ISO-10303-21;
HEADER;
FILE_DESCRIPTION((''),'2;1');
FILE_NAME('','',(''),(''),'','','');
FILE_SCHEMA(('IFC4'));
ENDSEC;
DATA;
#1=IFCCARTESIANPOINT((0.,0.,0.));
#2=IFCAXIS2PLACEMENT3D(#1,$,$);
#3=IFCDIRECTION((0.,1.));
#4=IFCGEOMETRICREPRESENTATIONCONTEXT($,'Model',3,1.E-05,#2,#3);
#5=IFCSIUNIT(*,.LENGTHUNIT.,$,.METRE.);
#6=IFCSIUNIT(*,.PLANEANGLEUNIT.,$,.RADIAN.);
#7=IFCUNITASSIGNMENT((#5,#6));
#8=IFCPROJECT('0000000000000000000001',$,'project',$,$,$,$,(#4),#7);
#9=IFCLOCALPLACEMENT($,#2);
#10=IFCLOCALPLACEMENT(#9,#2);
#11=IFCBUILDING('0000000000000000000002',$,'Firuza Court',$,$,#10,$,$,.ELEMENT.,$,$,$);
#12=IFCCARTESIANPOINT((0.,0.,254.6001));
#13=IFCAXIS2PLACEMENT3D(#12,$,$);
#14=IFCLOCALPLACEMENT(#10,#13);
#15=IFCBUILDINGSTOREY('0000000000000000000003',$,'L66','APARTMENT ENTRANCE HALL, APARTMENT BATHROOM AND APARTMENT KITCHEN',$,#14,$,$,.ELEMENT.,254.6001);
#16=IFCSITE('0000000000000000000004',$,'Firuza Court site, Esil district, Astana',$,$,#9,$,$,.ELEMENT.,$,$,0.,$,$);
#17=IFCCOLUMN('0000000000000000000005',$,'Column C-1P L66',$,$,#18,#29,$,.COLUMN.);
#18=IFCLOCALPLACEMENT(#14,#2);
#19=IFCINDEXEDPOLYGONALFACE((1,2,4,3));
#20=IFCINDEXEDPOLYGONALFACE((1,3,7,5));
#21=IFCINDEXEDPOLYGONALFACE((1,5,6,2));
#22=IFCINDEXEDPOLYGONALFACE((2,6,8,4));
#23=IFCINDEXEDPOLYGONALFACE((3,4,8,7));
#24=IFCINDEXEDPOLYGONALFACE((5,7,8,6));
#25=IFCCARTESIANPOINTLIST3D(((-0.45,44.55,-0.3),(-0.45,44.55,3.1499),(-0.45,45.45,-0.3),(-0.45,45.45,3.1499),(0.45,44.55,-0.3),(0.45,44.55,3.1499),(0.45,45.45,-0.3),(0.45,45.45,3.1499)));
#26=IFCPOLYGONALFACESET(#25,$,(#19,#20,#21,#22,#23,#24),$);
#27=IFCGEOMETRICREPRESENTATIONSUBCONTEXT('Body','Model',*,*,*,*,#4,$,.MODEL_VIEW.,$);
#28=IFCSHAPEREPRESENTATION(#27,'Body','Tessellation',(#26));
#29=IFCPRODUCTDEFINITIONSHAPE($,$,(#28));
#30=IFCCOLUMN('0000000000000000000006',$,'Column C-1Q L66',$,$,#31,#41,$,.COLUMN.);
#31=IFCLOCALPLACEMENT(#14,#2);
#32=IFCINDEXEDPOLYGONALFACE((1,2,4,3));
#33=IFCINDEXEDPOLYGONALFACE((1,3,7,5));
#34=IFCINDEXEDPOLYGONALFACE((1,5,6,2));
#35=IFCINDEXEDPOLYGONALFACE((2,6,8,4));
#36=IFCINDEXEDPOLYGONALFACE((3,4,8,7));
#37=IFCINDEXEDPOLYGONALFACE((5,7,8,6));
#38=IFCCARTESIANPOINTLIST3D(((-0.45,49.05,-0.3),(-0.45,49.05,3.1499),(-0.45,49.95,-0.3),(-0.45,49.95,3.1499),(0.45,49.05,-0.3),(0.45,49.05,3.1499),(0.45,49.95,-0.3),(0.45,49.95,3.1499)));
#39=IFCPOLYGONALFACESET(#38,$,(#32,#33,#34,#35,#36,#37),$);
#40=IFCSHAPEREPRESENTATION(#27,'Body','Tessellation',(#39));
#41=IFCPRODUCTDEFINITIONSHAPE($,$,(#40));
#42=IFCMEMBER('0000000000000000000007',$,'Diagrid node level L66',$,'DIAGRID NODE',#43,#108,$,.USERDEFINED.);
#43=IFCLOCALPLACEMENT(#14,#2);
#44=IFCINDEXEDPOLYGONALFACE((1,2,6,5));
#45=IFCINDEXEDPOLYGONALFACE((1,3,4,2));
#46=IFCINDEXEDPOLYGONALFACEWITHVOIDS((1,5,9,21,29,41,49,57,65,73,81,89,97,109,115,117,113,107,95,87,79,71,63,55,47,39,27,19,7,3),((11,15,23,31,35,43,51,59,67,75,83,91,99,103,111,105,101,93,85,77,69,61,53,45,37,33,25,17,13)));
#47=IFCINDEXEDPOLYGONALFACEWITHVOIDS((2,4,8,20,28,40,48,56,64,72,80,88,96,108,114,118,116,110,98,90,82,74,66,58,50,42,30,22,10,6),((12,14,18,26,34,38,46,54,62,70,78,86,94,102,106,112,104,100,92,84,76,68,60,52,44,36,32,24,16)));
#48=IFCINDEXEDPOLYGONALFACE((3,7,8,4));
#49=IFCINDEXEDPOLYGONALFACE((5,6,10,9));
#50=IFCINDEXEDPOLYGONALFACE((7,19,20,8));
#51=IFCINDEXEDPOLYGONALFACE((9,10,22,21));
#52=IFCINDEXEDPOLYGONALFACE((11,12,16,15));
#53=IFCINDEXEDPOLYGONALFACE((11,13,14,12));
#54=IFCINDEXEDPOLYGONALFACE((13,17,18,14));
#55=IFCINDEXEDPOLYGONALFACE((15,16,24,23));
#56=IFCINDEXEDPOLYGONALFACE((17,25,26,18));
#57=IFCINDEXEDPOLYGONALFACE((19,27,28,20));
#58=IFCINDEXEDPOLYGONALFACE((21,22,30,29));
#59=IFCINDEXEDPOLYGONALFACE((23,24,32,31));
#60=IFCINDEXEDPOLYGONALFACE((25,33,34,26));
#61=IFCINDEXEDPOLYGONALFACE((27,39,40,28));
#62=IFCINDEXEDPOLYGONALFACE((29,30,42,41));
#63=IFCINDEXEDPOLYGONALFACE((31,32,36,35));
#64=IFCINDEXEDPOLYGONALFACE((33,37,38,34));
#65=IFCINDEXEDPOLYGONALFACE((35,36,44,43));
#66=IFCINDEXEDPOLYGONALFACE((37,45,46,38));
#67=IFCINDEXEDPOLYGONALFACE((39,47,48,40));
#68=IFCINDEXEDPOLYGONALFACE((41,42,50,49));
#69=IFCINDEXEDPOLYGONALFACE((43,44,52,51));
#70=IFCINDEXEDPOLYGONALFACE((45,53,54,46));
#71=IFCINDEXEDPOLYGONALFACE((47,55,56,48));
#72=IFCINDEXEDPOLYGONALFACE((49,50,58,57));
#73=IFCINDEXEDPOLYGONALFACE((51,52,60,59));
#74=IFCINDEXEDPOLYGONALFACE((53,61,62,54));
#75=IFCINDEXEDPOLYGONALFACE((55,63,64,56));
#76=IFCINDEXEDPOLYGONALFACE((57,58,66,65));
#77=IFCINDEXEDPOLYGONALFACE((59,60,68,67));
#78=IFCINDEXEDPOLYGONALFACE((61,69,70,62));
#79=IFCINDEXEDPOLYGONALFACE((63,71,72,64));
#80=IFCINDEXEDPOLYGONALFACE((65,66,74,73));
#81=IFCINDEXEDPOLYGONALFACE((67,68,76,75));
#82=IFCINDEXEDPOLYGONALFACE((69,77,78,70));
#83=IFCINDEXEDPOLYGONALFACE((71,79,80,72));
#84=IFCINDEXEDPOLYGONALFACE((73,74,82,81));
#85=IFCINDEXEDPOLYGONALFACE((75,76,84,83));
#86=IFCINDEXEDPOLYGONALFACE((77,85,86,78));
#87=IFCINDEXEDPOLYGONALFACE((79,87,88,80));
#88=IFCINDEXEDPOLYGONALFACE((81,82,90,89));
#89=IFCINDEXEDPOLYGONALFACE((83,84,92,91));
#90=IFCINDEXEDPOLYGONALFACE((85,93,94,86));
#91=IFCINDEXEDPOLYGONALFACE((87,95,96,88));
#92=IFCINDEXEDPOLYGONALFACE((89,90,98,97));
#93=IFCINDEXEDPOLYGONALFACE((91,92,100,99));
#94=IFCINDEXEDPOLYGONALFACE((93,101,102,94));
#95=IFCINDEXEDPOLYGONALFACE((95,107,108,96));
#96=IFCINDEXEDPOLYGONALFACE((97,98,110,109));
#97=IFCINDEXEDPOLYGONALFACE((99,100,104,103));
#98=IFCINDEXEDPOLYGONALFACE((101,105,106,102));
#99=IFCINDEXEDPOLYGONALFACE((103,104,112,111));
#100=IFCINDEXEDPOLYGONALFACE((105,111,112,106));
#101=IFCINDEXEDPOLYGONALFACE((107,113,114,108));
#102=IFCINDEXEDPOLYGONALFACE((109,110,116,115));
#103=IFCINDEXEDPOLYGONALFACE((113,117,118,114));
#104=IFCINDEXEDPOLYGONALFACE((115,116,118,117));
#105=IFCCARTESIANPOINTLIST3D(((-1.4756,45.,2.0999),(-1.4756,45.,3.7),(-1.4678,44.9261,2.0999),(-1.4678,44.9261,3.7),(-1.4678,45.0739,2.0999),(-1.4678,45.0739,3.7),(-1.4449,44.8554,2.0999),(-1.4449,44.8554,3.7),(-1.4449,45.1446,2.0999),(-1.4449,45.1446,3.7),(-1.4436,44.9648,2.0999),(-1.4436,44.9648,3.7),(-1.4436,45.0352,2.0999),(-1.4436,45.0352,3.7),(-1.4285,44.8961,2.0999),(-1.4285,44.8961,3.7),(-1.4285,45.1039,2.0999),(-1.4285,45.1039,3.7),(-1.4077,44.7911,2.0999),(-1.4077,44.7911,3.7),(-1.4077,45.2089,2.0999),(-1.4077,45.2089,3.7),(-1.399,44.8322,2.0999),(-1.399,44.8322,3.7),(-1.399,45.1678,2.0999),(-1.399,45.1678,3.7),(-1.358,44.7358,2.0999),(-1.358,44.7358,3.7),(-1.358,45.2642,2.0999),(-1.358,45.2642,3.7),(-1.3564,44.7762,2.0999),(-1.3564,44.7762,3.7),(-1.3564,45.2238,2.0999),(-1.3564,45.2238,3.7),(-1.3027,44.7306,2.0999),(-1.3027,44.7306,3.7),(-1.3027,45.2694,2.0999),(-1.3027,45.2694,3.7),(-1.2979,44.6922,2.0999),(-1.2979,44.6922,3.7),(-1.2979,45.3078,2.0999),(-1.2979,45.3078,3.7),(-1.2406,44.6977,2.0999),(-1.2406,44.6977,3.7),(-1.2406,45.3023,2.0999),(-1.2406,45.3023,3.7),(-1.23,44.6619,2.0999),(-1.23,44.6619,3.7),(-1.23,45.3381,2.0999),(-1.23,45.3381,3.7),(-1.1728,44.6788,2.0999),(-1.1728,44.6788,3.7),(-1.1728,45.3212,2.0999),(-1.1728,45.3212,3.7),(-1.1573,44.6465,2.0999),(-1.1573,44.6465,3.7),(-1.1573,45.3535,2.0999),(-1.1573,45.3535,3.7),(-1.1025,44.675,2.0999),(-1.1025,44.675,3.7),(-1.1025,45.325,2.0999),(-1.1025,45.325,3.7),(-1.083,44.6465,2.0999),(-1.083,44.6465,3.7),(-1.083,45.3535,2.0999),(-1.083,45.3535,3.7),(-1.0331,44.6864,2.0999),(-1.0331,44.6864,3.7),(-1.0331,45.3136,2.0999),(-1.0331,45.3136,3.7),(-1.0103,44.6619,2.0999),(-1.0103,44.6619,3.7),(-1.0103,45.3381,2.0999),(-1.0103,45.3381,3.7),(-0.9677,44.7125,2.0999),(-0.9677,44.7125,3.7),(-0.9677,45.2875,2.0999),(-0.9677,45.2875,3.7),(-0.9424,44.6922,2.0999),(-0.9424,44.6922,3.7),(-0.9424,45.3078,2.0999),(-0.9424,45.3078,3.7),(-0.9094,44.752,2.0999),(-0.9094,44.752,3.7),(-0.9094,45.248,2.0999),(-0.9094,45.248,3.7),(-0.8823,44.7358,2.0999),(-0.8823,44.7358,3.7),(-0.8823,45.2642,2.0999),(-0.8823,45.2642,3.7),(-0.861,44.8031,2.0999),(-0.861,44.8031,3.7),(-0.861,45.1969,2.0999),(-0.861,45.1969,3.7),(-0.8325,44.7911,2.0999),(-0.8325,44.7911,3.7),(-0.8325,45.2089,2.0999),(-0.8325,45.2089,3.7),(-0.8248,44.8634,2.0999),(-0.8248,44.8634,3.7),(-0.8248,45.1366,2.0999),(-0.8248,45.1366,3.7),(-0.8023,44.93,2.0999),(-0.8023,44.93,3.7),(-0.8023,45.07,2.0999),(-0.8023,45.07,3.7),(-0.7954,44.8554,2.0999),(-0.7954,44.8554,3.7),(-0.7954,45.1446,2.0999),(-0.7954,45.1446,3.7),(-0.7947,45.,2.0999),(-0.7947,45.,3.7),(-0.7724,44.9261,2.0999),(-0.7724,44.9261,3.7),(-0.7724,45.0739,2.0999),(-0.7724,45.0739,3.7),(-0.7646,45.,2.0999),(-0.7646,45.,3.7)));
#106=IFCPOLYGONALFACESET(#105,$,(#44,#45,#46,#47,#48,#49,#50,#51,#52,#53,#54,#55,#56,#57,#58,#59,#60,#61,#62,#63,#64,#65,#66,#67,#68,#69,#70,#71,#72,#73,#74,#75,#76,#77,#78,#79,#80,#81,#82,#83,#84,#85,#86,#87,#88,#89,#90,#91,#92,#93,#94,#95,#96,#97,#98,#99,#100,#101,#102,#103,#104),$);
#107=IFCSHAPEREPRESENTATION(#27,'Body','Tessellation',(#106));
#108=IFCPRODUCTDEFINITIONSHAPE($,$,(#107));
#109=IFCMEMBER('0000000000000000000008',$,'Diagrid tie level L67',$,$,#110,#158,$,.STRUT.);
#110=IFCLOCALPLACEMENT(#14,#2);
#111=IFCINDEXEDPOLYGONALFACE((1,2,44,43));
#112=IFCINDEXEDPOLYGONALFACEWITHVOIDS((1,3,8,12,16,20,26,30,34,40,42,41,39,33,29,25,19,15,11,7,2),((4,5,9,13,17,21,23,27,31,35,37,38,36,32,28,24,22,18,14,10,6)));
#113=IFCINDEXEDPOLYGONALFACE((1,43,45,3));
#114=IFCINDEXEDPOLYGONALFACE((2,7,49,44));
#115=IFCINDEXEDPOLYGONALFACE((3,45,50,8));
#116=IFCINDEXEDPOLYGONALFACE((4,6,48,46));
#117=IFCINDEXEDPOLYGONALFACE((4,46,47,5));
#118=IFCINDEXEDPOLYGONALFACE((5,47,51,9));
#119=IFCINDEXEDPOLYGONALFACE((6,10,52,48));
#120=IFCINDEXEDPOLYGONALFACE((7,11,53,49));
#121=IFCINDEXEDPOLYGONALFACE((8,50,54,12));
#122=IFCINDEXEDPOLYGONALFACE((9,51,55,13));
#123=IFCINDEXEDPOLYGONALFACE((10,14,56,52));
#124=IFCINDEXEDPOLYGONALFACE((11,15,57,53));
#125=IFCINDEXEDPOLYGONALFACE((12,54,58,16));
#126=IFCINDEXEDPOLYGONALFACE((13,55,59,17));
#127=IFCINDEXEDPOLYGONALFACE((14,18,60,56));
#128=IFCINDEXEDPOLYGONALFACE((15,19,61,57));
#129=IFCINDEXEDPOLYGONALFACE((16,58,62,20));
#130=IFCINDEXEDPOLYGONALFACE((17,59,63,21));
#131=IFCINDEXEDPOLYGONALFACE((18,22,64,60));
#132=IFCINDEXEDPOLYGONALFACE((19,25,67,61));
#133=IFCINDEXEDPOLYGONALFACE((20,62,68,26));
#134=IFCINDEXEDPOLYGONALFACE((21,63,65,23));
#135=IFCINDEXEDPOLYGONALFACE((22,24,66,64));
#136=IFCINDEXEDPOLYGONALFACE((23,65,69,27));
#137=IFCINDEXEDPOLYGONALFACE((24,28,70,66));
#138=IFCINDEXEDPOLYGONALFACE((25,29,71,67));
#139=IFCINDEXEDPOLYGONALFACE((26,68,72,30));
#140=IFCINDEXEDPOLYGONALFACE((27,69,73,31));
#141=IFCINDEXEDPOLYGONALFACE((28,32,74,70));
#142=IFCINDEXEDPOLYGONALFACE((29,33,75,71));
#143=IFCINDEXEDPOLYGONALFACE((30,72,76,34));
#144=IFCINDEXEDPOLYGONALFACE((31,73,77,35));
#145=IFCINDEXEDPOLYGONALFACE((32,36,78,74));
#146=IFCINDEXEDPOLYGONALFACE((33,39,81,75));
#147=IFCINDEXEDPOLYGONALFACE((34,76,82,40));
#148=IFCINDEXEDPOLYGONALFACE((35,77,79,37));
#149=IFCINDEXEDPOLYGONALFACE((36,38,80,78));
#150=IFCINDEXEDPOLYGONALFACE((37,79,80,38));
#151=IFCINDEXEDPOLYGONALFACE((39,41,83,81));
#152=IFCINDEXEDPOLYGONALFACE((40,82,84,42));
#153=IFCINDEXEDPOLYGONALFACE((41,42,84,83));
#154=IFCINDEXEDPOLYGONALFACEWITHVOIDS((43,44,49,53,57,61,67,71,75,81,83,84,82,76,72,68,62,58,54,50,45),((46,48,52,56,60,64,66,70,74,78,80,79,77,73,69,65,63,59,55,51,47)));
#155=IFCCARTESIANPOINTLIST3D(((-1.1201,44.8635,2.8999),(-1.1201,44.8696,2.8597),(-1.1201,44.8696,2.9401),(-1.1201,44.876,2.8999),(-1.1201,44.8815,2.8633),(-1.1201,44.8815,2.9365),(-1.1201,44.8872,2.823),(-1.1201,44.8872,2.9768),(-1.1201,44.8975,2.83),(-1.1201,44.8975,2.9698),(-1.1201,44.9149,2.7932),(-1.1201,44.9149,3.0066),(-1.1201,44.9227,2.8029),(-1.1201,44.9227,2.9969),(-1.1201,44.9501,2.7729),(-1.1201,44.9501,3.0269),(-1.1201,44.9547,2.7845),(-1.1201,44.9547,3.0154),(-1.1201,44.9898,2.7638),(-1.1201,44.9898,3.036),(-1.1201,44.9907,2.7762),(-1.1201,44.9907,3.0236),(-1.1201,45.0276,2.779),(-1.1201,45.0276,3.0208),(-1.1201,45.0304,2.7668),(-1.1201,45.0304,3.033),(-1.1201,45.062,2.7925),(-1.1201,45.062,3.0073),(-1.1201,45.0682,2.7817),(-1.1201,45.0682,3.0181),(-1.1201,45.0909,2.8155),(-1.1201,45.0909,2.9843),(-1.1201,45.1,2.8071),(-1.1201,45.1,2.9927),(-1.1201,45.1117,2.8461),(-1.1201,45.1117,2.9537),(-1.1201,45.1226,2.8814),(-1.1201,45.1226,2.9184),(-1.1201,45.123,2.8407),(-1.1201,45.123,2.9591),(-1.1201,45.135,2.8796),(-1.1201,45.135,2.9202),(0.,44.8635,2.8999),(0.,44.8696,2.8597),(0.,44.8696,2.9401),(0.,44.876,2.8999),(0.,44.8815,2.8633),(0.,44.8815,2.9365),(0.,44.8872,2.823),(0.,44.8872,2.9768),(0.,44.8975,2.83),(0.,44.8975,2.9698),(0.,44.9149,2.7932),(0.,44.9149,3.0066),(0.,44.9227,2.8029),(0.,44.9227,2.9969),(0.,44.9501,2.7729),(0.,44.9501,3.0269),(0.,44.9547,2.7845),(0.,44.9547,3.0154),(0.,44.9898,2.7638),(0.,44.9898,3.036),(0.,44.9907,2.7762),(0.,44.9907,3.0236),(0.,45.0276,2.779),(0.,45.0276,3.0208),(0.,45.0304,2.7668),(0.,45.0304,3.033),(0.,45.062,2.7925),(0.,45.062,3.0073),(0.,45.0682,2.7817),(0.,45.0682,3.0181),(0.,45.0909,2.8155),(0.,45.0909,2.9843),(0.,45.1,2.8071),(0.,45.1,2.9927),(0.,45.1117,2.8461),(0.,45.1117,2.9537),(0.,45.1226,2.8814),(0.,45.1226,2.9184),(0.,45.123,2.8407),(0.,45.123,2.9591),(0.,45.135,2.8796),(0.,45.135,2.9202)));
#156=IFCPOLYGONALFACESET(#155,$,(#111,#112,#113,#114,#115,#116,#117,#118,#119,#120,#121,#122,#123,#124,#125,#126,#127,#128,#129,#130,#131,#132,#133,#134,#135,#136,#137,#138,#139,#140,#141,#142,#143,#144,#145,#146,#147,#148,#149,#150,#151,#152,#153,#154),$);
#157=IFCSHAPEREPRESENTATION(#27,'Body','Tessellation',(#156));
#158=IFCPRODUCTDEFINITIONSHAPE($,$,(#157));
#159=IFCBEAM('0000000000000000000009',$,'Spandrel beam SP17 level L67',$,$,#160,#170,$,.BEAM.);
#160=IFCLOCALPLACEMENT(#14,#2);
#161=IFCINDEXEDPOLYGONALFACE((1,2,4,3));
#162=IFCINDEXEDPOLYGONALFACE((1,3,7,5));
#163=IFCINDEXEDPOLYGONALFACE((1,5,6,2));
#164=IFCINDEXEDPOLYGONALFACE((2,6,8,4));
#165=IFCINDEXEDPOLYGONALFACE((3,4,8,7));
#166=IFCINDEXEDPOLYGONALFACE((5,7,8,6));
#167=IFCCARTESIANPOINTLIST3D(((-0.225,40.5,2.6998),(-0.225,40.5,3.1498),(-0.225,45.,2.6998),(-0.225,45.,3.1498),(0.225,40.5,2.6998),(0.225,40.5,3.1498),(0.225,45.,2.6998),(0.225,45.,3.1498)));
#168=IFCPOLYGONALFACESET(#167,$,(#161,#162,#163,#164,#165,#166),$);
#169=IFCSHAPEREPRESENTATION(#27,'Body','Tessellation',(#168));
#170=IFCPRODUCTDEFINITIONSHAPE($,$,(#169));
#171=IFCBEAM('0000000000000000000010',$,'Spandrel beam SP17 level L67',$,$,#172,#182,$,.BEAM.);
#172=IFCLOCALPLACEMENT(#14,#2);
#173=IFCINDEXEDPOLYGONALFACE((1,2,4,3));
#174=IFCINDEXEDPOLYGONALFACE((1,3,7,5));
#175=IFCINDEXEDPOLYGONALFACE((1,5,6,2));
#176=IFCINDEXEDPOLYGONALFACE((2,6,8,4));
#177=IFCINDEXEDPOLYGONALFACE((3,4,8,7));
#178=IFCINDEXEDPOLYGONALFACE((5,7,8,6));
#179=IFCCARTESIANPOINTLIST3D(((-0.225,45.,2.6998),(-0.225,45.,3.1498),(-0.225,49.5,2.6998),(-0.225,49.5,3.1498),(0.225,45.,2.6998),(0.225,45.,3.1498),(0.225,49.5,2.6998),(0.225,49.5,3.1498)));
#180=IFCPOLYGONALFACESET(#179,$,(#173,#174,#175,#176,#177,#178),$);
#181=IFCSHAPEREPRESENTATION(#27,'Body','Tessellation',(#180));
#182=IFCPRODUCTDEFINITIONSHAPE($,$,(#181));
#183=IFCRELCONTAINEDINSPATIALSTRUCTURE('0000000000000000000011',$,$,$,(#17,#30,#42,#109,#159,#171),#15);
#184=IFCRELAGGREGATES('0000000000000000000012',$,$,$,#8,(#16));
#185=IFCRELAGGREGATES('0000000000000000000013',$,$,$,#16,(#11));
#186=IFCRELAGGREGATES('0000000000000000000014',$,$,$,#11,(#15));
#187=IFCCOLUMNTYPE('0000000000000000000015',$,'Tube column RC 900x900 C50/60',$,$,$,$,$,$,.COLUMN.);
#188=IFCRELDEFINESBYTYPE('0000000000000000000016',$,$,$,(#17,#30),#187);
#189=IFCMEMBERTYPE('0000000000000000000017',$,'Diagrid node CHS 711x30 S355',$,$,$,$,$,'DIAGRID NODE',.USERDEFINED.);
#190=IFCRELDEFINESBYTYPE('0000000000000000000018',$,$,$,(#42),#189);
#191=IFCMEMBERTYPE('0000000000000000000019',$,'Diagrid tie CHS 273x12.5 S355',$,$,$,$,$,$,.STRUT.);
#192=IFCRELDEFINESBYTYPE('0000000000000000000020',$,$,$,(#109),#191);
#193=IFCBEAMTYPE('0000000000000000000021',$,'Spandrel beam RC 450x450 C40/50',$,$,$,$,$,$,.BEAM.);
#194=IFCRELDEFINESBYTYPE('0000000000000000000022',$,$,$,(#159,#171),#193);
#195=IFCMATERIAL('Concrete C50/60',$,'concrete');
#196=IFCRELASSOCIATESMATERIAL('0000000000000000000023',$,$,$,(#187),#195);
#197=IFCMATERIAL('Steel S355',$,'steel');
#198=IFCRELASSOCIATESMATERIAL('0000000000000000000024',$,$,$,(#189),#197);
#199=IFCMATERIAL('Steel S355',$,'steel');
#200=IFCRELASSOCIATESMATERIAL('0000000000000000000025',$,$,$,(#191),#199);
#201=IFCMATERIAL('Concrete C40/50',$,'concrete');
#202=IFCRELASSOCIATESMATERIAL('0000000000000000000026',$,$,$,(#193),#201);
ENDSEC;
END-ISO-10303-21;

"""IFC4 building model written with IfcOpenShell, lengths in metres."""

from ifc_helpers import new_model, si_unit, direction, frame, origin, origin_2d, place, context, subcontext, project, spatial, rectangle, hollow_circle, extrude, material, material_profile, profile_set, type_object, element, save


model = new_model("IFC4")

# Units and contexts
model_context = context("Model", 3, precision=1e-05, world=origin(), true_north=direction((0.0, 1.0)))
body_context = subcontext(model_context, "Body", "Model", "MODEL_VIEW")
ifc_project = project(units=[si_unit("LENGTHUNIT", "METRE"), si_unit("PLANEANGLEUNIT", "RADIAN")], contexts=[model_context])

# Site, building, storey
site_placement = place(None, origin())
site = spatial("IfcSite", under=ifc_project, at=site_placement, Name="Firuza Court site, Esil district, Astana", CompositionType="ELEMENT", RefElevation=0.0)
building_placement = place(site_placement, origin())
building = spatial("IfcBuilding", under=site, at=building_placement, Name="Firuza Court", CompositionType="ELEMENT")
storey_placement = place(building_placement, frame((0.0, 0.0, 254.6001)))
storey = spatial("IfcBuildingStorey", under=building, at=storey_placement, Name="L66", Description="APARTMENT ENTRANCE HALL, APARTMENT BATHROOM AND APARTMENT KITCHEN", CompositionType="ELEMENT", Elevation=254.6001)

# Columns
ifc_material_1 = material(Name="Concrete C50/60", Category="concrete")
ifc_material_profile_1 = material_profile(ifc_material_1, rectangle(XDim=0.8999, YDim=0.8999, at=origin_2d()), Name="RC 900x900")
ifc_profile_set_1 = profile_set([ifc_material_profile_1], Name="Concrete C50/60")
column_type = type_object("IfcColumnType", Name="Tube column RC 900x900 C50/60", PredefinedType="COLUMN", material=ifc_profile_set_1)
for number, where, z_axis, x_axis, name in (
    (1, (0.0, 45.0, -0.3), (0.0, 0.0, 1.0), (1.0, 0.0, 0.0), "Column C-1P L66"),
    (2, (0.0, 49.5, -0.3), (0.0, 0.0, 1.0), (1.0, 0.0, 0.0), "Column C-1Q L66"),
):
    element("IfcColumn", number, at=place(storey_placement, frame(where, z_axis=z_axis, x_axis=x_axis)), inside=storey, type_object=column_type, Name=name, PredefinedType="COLUMN", context=body_context, shape_type="SweptSolid", body=[
        extrude(rectangle(XDim=0.8999, YDim=0.8999, at=origin_2d()), origin(), (0.0, 0.0, 1.0), 3.45),
    ])

# Members
ifc_material_2 = material(Name="Steel S355", Category="steel")
ifc_material_profile_2 = material_profile(ifc_material_2, hollow_circle(Radius=0.3555, WallThickness=0.03, at=origin_2d()), Name="CHS 711x30")
ifc_profile_set_2 = profile_set([ifc_material_profile_2], Name="Steel S355")
member_type_1 = type_object("IfcMemberType", Name="Diagrid node CHS 711x30 S355", ElementType="DIAGRID NODE", PredefinedType="USERDEFINED", material=ifc_profile_set_2)
member_1_placement = place(storey_placement, frame((-1.1201, 45.0, 2.0999), z_axis=(0.0, 0.0, 1.0), x_axis=(1.0, 0.0, 0.0)))
element("IfcMember", 3, at=member_1_placement, inside=storey, type_object=member_type_1, Name="Diagrid node level L66", ObjectType="DIAGRID NODE", PredefinedType="USERDEFINED", context=body_context, shape_type="SweptSolid", body=[
    extrude(hollow_circle(Radius=0.3555, WallThickness=0.03, at=origin_2d()), origin(), (0.0, 0.0, 1.0), 1.6001),
])
ifc_material_3 = material(Name="Steel S355", Category="steel")
ifc_material_profile_3 = material_profile(ifc_material_3, hollow_circle(Radius=0.1365, WallThickness=0.0125, at=origin_2d()), Name="CHS 273x12.5")
ifc_profile_set_3 = profile_set([ifc_material_profile_3], Name="Steel S355")
member_type_2 = type_object("IfcMemberType", Name="Diagrid tie CHS 273x12.5 S355", PredefinedType="STRUT", material=ifc_profile_set_3)
member_2_placement = place(storey_placement, frame((0.0, 45.0, 2.8999), z_axis=(-1.0, 0.0, 0.0), x_axis=(0.0, -1.0, 0.0)))
element("IfcMember", 4, at=member_2_placement, inside=storey, type_object=member_type_2, Name="Diagrid tie level L67", PredefinedType="STRUT", context=body_context, shape_type="SweptSolid", body=[
    extrude(hollow_circle(Radius=0.1365, WallThickness=0.0125, at=origin_2d()), origin(), (0.0, 0.0, 1.0), 1.1201),
])

# Beams
ifc_material_4 = material(Name="Concrete C40/50", Category="concrete")
ifc_material_profile_4 = material_profile(ifc_material_4, rectangle(XDim=0.45, YDim=0.45, at=origin_2d()), Name="RC 450x450")
ifc_profile_set_4 = profile_set([ifc_material_profile_4], Name="Concrete C40/50")
beam_type = type_object("IfcBeamType", Name="Spandrel beam RC 450x450 C40/50", PredefinedType="BEAM", material=ifc_profile_set_4)
for number, where, z_axis, x_axis, name in (
    (5, (0.0, 45.0, 2.9248), (0.0, -1.0, 0.0), (1.0, 0.0, 0.0), "Spandrel beam SP17 level L67"),
    (6, (0.0, 49.5, 2.9248), (0.0, -1.0, 0.0), (1.0, 0.0, 0.0), "Spandrel beam SP17 level L67"),
):
    element("IfcBeam", number, at=place(storey_placement, frame(where, z_axis=z_axis, x_axis=x_axis)), inside=storey, type_object=beam_type, Name=name, PredefinedType="BEAM", context=body_context, shape_type="SweptSolid", body=[
        extrude(rectangle(XDim=0.45, YDim=0.45, at=origin_2d()), origin(), (0.0, 0.0, 1.0), 4.5),
    ])

save(model, "model.ifc")
